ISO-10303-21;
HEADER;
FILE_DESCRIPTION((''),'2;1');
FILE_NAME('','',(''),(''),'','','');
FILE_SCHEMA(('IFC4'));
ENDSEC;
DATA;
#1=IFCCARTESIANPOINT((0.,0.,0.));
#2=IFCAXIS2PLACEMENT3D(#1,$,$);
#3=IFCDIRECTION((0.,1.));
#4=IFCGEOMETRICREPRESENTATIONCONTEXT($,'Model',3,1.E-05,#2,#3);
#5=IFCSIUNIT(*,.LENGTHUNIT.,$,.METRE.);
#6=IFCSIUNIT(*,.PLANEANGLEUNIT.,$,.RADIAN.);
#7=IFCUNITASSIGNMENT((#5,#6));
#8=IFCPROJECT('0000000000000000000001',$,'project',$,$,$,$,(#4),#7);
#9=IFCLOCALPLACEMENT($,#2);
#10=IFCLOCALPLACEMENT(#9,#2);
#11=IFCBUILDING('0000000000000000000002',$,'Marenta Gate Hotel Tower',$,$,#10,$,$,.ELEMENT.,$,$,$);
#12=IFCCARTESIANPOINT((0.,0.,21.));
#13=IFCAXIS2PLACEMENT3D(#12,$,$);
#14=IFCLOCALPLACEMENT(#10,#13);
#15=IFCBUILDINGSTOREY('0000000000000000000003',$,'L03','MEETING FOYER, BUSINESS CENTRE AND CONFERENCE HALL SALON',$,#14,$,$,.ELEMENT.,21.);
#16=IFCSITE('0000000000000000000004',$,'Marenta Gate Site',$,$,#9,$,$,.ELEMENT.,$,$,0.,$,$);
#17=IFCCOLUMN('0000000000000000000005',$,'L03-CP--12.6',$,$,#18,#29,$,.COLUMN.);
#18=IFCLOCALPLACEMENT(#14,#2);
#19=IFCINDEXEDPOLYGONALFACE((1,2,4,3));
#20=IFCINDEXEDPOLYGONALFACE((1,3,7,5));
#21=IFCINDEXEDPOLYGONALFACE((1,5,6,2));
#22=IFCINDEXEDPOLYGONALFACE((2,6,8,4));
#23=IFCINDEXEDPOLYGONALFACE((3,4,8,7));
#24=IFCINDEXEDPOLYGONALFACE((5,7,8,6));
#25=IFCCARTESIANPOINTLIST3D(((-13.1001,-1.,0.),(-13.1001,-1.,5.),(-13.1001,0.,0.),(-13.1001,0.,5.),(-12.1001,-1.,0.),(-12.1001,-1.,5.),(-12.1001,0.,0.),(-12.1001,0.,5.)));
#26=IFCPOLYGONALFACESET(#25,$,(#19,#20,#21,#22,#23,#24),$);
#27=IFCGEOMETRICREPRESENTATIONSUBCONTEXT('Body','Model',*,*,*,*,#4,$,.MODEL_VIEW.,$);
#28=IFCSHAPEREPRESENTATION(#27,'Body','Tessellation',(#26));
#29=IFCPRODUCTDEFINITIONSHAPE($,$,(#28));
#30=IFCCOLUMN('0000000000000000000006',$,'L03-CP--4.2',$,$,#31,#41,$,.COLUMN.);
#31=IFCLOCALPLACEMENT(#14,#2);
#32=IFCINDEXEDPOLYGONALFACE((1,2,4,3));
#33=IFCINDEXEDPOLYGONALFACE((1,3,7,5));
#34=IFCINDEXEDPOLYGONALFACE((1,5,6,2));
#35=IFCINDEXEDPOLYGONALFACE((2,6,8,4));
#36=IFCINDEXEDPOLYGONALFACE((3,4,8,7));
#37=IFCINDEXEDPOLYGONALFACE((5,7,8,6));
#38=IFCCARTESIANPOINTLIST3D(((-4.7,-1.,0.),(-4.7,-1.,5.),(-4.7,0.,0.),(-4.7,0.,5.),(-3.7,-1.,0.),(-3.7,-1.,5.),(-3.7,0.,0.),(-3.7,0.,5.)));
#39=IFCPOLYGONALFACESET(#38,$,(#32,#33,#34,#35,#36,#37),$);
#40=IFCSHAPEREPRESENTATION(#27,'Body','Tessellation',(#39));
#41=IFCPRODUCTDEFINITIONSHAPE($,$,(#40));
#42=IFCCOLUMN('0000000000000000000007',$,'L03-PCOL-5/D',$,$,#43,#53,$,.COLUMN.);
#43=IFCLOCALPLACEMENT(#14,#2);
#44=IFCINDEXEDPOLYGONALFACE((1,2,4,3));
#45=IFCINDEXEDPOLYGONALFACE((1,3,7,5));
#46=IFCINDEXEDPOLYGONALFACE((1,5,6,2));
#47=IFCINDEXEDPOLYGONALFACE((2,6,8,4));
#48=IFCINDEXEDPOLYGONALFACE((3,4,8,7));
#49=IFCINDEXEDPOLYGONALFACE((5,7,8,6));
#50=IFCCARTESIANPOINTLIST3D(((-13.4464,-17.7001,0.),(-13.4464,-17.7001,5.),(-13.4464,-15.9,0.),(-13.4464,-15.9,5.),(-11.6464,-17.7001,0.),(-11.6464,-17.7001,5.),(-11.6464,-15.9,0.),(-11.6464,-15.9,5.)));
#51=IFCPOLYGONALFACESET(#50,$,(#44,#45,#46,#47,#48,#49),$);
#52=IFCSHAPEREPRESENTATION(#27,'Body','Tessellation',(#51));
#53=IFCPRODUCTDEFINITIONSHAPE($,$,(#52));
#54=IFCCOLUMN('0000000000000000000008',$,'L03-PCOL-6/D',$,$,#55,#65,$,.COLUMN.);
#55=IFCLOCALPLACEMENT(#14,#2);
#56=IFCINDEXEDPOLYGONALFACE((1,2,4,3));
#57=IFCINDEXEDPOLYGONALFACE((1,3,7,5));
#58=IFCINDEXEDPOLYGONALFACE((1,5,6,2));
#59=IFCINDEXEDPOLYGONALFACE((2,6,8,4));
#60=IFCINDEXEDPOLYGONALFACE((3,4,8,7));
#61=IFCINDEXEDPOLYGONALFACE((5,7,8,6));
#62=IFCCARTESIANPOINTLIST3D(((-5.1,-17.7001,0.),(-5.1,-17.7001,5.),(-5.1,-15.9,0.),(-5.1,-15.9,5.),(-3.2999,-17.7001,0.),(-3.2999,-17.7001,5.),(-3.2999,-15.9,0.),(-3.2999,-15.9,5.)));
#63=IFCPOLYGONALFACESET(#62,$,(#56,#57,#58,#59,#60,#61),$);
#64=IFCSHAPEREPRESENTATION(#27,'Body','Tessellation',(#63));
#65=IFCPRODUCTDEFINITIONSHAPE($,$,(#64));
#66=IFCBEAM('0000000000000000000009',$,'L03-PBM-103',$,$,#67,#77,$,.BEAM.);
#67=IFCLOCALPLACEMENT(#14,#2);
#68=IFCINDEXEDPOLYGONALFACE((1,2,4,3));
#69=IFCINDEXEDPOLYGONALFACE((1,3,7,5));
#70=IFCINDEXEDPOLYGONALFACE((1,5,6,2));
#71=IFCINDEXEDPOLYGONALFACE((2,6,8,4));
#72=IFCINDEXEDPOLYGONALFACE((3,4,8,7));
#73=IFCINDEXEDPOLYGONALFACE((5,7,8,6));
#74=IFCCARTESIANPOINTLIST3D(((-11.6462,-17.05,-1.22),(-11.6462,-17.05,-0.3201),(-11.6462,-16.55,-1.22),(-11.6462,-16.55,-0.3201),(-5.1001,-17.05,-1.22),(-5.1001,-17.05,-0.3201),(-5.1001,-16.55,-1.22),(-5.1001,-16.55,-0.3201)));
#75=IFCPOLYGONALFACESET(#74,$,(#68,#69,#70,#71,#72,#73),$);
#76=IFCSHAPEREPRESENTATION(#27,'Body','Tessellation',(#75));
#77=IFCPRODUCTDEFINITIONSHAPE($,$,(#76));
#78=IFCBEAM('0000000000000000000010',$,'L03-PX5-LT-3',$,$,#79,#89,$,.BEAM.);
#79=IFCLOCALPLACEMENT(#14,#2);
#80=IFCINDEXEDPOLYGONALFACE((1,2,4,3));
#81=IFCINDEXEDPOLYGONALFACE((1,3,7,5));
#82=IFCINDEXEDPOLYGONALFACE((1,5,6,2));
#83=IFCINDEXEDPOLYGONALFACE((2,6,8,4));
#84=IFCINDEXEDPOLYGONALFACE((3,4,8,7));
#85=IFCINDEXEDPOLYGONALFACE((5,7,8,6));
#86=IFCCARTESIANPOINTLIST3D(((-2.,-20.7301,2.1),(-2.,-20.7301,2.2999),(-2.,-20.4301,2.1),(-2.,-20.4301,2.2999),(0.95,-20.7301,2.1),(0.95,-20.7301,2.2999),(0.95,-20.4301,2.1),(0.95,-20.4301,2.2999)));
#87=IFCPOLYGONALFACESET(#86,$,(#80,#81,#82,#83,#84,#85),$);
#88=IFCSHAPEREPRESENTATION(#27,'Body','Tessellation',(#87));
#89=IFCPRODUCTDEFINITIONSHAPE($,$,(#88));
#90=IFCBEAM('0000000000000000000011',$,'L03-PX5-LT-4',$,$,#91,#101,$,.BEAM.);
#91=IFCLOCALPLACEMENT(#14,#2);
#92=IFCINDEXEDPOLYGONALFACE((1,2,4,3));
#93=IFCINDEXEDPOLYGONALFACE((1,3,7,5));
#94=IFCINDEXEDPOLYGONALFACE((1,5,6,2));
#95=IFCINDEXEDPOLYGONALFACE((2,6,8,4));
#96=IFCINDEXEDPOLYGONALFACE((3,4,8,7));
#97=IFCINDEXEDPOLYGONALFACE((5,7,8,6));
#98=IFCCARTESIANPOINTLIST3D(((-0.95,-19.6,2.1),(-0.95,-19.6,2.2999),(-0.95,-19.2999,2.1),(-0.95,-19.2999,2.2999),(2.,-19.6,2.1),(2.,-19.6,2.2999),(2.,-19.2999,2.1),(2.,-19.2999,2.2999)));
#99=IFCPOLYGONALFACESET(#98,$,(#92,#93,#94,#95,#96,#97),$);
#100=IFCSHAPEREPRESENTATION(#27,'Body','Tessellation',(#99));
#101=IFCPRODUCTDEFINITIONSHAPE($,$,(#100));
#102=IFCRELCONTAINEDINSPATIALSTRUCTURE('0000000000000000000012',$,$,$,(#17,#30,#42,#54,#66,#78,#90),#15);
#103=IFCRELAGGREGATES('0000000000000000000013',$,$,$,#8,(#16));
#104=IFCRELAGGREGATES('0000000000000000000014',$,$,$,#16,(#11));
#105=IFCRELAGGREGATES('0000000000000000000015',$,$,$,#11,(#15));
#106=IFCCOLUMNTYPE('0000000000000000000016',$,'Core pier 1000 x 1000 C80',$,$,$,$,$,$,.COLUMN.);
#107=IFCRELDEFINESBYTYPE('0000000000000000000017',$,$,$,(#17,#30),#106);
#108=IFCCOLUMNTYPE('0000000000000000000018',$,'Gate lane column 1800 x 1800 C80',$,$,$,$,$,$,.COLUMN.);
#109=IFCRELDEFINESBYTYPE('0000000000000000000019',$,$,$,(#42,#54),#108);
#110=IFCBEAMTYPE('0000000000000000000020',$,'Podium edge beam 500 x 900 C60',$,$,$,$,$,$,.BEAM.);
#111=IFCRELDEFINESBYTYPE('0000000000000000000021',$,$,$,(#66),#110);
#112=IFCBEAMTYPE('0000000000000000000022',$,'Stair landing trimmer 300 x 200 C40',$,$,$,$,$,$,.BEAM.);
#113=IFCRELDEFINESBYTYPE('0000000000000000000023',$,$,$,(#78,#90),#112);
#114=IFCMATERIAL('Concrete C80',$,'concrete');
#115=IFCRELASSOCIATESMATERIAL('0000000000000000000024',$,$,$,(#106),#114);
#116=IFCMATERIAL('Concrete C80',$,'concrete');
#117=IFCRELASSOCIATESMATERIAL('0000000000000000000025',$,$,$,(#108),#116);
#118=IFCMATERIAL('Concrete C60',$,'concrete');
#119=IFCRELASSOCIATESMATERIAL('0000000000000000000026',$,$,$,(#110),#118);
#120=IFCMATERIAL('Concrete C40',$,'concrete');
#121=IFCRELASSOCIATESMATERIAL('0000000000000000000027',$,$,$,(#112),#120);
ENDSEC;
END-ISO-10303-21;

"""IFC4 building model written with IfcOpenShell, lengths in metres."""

from ifc_helpers import new_model, si_unit, direction, frame, origin, origin_2d, place, context, subcontext, project, spatial, rectangle, extrude, material, material_profile, profile_set, type_object, element, save


model = new_model("IFC4")

# Units and contexts
model_context = context("Model", 3, precision=1e-05, world=origin(), true_north=direction((0.0, 1.0)))
body_context = subcontext(model_context, "Body", "Model", "MODEL_VIEW")
ifc_project = project(units=[si_unit("LENGTHUNIT", "METRE"), si_unit("PLANEANGLEUNIT", "RADIAN")], contexts=[model_context])

# Site, building, storey
site_placement = place(None, origin())
site = spatial("IfcSite", under=ifc_project, at=site_placement, Name="Marenta Gate Site", CompositionType="ELEMENT", RefElevation=0.0)
building_placement = place(site_placement, origin())
building = spatial("IfcBuilding", under=site, at=building_placement, Name="Marenta Gate Hotel Tower", CompositionType="ELEMENT")
storey_placement = place(building_placement, frame((0.0, 0.0, 21.0)))
storey = spatial("IfcBuildingStorey", under=building, at=storey_placement, Name="L03", Description="MEETING FOYER, BUSINESS CENTRE AND CONFERENCE HALL SALON", CompositionType="ELEMENT", Elevation=21.0)

# Columns
ifc_material_1 = material(Name="Concrete C80", Category="concrete")
ifc_material_profile_1 = material_profile(ifc_material_1, rectangle(XDim=1.0, YDim=1.0, at=origin_2d()), Name="1000 x 1000")
ifc_profile_set_1 = profile_set([ifc_material_profile_1], Name="Concrete C80")
column_type_1 = type_object("IfcColumnType", Name="Core pier 1000 x 1000 C80", PredefinedType="COLUMN", material=ifc_profile_set_1)
for number, where, z_axis, x_axis, name in (
    (1, (-12.6001, -0.5, 0.0), (0.0, 0.0, 1.0), (1.0, 0.0, 0.0), "L03-CP--12.6"),
    (2, (-4.2, -0.5, 0.0), (0.0, 0.0, 1.0), (1.0, 0.0, 0.0), "L03-CP--4.2"),
):
    element("IfcColumn", number, at=place(storey_placement, frame(where, z_axis=z_axis, x_axis=x_axis)), inside=storey, type_object=column_type_1, Name=name, PredefinedType="COLUMN", context=body_context, shape_type="SweptSolid", body=[
        extrude(rectangle(XDim=1.0, YDim=1.0, at=origin_2d()), origin(), (0.0, 0.0, 1.0), 5.0),
    ])
ifc_material_2 = material(Name="Concrete C80", Category="concrete")
ifc_material_profile_2 = material_profile(ifc_material_2, rectangle(XDim=1.8, YDim=1.8, at=origin_2d()), Name="1800 x 1800")
ifc_profile_set_2 = profile_set([ifc_material_profile_2], Name="Concrete C80")
column_type_2 = type_object("IfcColumnType", Name="Gate lane column 1800 x 1800 C80", PredefinedType="COLUMN", material=ifc_profile_set_2)
for number, where, z_axis, x_axis, name in (
    (3, (-12.5464, -16.8, 0.0), (0.0, 0.0, 1.0), (1.0, 0.0, 0.0), "L03-PCOL-5/D"),
    (4, (-4.2, -16.8, 0.0), (0.0, 0.0, 1.0), (1.0, 0.0, 0.0), "L03-PCOL-6/D"),
):
    element("IfcColumn", number, at=place(storey_placement, frame(where, z_axis=z_axis, x_axis=x_axis)), inside=storey, type_object=column_type_2, Name=name, PredefinedType="COLUMN", context=body_context, shape_type="SweptSolid", body=[
        extrude(rectangle(XDim=1.8, YDim=1.8, at=origin_2d()), origin(), (0.0, 0.0, 1.0), 5.0),
    ])

# Beams
ifc_material_3 = material(Name="Concrete C60", Category="concrete")
ifc_material_profile_3 = material_profile(ifc_material_3, rectangle(XDim=0.5, YDim=0.8999, at=origin_2d()), Name="500 x 900")
ifc_profile_set_3 = profile_set([ifc_material_profile_3], Name="Concrete C60")
beam_type_1 = type_object("IfcBeamType", Name="Podium edge beam 500 x 900 C60", PredefinedType="BEAM", material=ifc_profile_set_3)
beam_placement = place(storey_placement, frame((-5.1001, -16.8, -0.77), z_axis=(-1.0, 0.0, 0.0), x_axis=(0.0, -1.0, 0.0)))
element("IfcBeam", 5, at=beam_placement, inside=storey, type_object=beam_type_1, Name="L03-PBM-103", PredefinedType="BEAM", context=body_context, shape_type="SweptSolid", body=[
    extrude(rectangle(XDim=0.5, YDim=0.8999, at=origin_2d()), origin(), (0.0, 0.0, 1.0), 6.5461),
])
ifc_material_4 = material(Name="Concrete C40", Category="concrete")
ifc_material_profile_4 = material_profile(ifc_material_4, rectangle(XDim=0.3, YDim=0.2, at=origin_2d()), Name="300 x 200")
ifc_profile_set_4 = profile_set([ifc_material_profile_4], Name="Concrete C40")
beam_type_2 = type_object("IfcBeamType", Name="Stair landing trimmer 300 x 200 C40", PredefinedType="BEAM", material=ifc_profile_set_4)
for number, where, z_axis, x_axis, name in (
    (6, (-2.0, -20.5801, 2.2), (1.0, 0.0, 0.0), (0.0, 1.0, 0.0), "L03-PX5-LT-3"),
    (7, (-0.95, -19.45, 2.2), (1.0, 0.0, 0.0), (0.0, 1.0, 0.0), "L03-PX5-LT-4"),
):
    element("IfcBeam", number, at=place(storey_placement, frame(where, z_axis=z_axis, x_axis=x_axis)), inside=storey, type_object=beam_type_2, Name=name, PredefinedType="BEAM", context=body_context, shape_type="SweptSolid", body=[
        extrude(rectangle(XDim=0.3, YDim=0.2, at=origin_2d()), origin(), (0.0, 0.0, 1.0), 2.95),
    ])

save(model, "model.ifc")
